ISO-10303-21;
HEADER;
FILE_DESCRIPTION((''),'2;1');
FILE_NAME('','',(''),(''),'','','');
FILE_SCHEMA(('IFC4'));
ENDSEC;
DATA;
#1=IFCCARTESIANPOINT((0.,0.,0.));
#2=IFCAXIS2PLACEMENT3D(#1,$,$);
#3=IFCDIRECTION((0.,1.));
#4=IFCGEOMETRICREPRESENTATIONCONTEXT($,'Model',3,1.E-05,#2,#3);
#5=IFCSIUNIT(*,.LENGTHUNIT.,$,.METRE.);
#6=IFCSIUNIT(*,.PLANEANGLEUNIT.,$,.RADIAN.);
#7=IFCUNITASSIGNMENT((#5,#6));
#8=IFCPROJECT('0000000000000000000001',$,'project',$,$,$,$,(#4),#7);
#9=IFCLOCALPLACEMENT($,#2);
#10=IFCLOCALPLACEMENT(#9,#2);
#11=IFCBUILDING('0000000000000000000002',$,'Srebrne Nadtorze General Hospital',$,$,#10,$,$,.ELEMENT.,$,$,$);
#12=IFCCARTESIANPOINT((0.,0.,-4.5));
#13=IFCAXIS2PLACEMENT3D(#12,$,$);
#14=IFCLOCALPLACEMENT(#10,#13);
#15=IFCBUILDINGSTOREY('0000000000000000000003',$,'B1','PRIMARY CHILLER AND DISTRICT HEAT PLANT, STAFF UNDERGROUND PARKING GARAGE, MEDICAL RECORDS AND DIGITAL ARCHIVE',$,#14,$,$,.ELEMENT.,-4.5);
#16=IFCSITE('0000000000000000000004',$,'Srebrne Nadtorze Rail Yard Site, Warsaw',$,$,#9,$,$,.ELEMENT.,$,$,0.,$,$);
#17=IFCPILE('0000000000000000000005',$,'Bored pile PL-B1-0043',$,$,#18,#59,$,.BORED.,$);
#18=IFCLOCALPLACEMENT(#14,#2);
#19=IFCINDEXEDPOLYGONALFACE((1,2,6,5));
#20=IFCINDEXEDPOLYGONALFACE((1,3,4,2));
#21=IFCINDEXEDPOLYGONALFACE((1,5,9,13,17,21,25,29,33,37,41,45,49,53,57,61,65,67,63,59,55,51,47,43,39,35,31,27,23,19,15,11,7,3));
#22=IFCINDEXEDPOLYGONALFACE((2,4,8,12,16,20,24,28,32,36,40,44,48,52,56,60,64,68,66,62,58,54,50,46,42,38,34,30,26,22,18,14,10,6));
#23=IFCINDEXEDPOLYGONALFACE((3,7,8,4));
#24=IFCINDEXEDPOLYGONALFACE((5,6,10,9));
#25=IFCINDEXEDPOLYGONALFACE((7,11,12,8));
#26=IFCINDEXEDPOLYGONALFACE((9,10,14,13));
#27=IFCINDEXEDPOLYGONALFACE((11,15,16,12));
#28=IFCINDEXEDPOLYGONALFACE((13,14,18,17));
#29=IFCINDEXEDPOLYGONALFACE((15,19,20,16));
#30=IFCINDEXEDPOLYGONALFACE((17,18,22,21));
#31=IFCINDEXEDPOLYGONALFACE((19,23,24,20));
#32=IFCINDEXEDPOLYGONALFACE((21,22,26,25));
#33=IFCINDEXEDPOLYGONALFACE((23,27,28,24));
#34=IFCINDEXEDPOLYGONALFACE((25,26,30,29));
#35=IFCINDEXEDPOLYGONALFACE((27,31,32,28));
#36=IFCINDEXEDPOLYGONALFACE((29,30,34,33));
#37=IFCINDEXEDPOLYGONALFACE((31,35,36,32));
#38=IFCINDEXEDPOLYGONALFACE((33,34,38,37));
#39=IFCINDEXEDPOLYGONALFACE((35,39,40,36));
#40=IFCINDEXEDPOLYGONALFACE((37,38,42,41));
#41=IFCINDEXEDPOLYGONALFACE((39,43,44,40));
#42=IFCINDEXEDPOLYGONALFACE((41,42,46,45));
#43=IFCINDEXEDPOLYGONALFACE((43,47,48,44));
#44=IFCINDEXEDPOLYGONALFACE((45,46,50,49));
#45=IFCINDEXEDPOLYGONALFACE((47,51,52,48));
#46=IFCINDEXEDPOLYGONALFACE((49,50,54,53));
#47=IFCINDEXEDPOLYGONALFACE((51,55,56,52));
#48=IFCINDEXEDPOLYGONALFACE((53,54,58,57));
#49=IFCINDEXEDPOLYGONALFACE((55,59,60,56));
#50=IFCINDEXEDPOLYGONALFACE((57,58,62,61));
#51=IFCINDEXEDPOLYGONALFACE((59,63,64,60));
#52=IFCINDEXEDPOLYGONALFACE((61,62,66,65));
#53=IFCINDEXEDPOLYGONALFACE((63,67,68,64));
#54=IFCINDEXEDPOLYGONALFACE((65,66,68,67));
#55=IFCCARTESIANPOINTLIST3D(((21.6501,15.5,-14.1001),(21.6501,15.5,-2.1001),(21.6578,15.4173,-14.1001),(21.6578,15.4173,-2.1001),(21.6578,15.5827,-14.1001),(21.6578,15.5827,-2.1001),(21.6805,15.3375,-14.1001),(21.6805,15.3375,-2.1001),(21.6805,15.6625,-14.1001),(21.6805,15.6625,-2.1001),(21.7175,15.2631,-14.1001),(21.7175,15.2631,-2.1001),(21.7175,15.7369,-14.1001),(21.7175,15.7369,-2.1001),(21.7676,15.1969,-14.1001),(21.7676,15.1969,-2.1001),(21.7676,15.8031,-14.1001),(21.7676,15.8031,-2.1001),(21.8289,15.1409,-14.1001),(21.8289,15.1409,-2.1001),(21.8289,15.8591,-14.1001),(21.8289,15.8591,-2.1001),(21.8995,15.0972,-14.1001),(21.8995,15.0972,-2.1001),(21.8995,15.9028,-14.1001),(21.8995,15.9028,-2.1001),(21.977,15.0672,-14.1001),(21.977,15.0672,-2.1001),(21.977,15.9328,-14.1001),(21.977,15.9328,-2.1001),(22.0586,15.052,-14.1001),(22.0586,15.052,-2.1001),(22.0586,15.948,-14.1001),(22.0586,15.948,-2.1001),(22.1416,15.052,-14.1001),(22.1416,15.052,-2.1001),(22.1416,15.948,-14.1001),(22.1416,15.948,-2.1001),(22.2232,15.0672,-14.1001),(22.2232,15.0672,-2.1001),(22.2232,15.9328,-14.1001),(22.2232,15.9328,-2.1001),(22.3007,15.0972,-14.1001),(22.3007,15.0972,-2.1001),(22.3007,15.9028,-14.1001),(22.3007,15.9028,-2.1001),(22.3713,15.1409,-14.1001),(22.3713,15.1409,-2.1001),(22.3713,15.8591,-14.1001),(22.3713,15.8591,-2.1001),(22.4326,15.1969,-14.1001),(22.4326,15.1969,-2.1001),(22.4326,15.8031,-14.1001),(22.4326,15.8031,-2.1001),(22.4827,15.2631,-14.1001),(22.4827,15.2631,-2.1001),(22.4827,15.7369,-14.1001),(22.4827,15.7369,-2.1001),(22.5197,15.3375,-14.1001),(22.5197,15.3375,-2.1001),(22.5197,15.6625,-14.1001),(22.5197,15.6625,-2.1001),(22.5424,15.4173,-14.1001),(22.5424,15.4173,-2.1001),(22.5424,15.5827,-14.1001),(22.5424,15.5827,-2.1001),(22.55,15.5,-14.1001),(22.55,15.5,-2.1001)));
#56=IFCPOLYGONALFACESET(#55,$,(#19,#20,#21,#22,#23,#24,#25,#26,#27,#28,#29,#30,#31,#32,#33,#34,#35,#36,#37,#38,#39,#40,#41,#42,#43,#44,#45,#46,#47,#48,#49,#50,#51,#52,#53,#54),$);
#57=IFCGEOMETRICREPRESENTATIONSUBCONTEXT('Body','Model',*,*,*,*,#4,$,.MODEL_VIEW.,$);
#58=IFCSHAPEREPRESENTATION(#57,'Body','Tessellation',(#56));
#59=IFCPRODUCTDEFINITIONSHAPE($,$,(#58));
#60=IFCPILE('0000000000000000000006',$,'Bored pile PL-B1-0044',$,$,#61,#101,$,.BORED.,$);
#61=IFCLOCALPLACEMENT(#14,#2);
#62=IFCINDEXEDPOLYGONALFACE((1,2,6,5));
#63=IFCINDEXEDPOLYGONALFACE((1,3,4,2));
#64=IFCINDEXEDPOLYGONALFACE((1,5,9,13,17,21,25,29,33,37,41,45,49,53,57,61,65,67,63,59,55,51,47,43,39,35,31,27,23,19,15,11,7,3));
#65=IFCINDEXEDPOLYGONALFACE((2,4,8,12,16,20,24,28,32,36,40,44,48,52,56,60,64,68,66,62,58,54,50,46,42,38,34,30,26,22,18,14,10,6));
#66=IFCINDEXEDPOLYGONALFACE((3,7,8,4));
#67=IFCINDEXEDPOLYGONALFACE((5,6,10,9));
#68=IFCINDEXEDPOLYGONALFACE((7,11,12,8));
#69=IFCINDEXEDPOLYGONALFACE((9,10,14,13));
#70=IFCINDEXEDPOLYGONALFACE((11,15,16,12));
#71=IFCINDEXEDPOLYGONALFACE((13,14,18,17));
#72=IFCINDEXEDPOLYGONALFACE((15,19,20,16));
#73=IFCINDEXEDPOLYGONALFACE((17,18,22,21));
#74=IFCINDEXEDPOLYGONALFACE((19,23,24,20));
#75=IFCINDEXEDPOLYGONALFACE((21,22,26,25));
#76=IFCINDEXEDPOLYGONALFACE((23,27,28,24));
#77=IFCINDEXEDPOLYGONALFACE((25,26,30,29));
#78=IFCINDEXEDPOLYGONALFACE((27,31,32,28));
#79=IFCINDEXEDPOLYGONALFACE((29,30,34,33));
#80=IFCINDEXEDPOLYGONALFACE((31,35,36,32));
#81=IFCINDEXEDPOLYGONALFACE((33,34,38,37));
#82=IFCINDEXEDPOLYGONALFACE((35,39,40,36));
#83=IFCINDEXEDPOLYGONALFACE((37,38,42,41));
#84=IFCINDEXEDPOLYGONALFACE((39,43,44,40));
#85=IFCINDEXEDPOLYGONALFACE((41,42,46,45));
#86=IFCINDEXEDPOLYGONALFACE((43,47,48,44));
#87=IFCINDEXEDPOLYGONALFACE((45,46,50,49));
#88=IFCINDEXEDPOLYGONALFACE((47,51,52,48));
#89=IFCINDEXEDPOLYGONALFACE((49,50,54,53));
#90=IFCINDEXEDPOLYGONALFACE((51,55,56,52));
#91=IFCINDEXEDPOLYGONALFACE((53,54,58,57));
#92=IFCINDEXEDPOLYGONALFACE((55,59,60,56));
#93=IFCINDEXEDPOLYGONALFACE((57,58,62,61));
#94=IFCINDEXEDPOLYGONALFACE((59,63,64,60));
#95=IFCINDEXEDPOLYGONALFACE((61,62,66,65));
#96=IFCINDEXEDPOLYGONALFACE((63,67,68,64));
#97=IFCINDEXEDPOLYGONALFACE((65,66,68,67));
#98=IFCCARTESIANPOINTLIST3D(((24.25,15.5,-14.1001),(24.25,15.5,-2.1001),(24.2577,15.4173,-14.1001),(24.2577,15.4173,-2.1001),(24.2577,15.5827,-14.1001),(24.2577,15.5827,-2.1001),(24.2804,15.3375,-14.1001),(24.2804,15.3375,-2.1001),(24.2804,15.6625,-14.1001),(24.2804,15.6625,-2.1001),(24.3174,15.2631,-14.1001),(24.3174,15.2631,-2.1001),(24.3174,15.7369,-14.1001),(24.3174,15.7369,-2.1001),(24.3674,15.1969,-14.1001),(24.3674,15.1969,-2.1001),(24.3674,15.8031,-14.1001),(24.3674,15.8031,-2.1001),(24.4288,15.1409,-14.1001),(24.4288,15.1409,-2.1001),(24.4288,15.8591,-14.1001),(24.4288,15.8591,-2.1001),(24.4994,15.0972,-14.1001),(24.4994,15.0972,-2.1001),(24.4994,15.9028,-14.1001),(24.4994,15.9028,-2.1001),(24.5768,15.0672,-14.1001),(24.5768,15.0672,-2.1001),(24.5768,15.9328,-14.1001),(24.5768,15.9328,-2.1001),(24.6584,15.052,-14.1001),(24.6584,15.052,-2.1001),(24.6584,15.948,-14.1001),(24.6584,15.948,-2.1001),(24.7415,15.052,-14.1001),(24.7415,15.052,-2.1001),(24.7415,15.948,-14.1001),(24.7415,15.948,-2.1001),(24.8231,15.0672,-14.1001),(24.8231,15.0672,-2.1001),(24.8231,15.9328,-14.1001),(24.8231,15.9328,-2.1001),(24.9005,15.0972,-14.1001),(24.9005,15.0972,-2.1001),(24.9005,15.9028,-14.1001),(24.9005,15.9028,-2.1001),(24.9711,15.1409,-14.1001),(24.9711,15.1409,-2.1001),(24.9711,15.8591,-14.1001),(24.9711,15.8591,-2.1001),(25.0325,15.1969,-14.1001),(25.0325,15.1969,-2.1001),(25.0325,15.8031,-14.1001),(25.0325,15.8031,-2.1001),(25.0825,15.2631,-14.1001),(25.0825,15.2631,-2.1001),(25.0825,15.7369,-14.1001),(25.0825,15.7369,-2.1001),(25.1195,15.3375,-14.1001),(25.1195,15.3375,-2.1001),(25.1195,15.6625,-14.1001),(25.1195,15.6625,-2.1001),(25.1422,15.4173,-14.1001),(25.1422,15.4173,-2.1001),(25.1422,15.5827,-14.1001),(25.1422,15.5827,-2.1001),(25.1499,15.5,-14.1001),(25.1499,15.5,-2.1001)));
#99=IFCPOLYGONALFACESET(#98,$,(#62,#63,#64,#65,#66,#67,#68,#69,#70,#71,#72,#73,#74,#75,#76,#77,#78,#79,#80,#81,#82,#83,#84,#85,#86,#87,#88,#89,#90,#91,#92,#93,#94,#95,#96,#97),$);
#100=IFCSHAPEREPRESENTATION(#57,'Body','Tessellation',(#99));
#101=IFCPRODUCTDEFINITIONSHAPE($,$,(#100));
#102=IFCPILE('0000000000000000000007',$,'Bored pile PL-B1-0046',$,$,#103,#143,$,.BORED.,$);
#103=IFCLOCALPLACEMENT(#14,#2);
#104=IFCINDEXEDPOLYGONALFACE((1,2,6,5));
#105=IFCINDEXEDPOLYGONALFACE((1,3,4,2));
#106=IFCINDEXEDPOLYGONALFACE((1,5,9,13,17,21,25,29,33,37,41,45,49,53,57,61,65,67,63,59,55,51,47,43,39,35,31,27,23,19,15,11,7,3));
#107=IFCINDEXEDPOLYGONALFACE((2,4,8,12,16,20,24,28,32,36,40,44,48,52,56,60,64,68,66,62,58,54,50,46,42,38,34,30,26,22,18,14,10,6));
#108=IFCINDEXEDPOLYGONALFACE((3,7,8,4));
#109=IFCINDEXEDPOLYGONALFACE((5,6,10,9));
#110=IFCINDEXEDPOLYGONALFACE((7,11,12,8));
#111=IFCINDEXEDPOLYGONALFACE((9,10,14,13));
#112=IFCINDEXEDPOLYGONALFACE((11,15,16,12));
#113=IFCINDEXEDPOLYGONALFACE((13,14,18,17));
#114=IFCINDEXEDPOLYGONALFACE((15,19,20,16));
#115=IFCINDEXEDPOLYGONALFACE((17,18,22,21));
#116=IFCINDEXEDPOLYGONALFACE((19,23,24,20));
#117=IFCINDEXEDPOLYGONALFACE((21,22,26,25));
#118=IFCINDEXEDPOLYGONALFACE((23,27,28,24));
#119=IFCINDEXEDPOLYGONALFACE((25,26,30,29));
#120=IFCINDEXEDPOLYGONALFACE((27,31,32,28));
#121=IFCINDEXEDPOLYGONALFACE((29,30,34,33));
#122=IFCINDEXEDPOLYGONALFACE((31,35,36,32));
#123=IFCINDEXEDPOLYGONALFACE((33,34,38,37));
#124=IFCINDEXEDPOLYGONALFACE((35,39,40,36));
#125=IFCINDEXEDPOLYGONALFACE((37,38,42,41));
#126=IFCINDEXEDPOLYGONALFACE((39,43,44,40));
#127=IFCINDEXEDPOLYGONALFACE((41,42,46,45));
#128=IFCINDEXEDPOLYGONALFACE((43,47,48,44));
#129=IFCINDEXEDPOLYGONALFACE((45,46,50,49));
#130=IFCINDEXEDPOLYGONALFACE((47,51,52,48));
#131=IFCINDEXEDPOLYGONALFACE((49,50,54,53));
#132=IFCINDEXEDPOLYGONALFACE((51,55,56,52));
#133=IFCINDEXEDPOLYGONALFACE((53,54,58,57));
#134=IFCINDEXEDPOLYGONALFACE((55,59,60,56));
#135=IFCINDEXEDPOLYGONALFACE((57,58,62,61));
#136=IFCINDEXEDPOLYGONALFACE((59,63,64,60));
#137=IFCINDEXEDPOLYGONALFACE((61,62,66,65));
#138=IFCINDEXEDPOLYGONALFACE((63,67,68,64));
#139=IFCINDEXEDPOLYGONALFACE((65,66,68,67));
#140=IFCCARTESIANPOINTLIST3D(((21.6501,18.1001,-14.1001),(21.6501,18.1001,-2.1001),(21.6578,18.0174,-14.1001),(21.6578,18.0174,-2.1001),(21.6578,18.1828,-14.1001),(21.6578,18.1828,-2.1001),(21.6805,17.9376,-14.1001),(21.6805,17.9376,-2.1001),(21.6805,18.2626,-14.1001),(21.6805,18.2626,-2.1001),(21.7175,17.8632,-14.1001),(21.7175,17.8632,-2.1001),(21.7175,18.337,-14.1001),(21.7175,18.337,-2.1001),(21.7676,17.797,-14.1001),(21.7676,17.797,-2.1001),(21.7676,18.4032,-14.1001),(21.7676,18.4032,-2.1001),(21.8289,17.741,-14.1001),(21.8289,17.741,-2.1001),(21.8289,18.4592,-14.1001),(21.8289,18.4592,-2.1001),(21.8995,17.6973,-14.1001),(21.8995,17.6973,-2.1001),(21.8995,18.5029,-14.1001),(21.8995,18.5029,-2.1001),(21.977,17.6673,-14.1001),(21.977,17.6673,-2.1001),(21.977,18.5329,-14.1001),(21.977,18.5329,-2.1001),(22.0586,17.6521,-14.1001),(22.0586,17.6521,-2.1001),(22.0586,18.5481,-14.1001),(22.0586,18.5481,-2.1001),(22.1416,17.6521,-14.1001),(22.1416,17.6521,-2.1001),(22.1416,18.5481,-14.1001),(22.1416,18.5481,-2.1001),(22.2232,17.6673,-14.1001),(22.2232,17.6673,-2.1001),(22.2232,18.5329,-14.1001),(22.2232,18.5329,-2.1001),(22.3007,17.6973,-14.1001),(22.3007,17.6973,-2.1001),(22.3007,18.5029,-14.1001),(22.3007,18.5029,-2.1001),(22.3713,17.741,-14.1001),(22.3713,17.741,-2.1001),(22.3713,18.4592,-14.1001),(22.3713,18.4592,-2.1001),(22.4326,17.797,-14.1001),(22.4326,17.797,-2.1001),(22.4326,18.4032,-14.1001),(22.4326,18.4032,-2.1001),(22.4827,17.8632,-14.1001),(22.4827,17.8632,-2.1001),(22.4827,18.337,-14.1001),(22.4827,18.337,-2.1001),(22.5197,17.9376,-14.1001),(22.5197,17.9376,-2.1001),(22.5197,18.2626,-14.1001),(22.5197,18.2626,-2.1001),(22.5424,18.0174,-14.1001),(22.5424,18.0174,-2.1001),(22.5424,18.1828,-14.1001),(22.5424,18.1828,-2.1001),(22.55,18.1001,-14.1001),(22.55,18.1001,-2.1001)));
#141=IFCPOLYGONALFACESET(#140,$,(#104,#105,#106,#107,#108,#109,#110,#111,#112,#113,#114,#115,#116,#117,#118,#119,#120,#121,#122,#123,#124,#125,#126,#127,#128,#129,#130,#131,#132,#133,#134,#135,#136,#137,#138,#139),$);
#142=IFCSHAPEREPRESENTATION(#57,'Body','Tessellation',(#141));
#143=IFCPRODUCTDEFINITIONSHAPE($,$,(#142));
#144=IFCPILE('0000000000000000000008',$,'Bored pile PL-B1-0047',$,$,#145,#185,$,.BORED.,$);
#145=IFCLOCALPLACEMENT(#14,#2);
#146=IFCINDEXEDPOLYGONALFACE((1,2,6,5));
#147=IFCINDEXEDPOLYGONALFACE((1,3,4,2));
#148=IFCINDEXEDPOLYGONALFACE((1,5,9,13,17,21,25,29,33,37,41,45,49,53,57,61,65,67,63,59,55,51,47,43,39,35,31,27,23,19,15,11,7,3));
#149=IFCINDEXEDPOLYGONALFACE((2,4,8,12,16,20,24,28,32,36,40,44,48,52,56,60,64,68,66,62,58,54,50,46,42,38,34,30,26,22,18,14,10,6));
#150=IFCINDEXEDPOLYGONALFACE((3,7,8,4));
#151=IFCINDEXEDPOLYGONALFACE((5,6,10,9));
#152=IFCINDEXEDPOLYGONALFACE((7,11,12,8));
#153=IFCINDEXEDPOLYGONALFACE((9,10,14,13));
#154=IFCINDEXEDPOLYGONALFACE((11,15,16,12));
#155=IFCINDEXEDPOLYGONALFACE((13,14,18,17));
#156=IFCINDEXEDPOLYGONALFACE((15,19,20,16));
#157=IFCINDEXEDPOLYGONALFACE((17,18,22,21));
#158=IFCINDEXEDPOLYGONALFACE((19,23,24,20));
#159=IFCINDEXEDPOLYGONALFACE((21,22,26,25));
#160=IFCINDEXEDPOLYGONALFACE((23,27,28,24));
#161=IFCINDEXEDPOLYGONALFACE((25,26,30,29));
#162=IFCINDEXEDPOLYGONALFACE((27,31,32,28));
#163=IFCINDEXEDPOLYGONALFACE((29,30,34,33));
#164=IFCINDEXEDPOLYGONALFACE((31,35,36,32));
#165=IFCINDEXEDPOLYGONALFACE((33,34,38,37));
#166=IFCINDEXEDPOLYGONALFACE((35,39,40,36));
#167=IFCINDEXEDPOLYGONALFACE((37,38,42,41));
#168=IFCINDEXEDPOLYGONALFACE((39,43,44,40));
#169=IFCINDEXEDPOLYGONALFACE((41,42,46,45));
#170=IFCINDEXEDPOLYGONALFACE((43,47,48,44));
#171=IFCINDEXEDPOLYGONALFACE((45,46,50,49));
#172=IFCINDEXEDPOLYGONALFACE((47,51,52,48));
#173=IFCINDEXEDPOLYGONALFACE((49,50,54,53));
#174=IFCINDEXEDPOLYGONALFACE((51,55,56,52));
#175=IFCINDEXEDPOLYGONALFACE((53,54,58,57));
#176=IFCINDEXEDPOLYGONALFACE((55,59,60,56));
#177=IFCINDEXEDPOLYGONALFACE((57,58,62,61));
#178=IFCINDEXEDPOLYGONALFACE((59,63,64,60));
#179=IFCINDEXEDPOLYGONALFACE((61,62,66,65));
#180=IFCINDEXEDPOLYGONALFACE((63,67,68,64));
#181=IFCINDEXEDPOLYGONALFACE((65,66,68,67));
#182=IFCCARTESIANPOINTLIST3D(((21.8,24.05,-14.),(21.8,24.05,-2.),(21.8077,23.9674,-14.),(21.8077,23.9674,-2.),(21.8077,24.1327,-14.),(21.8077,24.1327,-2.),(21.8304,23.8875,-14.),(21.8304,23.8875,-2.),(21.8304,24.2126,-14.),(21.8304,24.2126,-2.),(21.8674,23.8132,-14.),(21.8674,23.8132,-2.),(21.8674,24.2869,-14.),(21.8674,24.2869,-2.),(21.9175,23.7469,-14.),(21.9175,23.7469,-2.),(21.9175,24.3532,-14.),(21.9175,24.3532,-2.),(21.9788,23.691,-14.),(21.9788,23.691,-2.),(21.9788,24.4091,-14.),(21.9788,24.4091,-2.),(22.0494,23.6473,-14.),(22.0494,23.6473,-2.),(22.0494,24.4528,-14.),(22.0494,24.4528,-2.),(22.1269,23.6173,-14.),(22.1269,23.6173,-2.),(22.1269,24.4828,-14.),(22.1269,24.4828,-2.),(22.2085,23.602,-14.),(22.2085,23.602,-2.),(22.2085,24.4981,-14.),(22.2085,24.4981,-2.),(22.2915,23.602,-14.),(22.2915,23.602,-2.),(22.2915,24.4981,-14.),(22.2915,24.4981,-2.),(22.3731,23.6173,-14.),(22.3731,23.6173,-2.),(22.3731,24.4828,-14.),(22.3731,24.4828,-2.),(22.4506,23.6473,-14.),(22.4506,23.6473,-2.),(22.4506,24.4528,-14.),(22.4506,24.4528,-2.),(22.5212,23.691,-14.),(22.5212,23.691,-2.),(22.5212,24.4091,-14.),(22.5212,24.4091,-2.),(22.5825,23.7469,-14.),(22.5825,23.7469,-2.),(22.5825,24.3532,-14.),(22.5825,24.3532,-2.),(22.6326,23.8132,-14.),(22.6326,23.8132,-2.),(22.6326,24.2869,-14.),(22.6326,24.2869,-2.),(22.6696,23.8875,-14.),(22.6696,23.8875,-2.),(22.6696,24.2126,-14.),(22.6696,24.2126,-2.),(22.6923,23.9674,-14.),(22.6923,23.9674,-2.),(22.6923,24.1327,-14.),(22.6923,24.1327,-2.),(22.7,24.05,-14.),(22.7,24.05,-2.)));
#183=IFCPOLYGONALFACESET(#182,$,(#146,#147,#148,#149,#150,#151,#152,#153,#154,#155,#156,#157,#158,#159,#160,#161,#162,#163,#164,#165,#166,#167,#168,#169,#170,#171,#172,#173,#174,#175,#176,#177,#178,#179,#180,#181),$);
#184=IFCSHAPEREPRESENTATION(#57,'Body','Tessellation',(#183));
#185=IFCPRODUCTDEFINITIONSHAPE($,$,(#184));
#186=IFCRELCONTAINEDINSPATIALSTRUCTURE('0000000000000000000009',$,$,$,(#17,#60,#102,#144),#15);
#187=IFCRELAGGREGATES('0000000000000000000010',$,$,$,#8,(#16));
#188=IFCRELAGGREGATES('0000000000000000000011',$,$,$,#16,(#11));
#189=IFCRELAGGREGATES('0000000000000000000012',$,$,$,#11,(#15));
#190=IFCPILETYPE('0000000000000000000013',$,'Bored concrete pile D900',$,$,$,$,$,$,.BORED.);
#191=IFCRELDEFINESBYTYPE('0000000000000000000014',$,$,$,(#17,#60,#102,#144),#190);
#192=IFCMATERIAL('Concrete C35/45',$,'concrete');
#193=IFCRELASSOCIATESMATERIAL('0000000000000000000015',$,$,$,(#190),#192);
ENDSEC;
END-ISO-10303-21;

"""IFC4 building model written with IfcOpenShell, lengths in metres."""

from ifc_helpers import new_model, si_unit, direction, frame, origin, origin_2d, place, context, subcontext, project, spatial, circle, extrude, material, material_profile, profile_set, type_object, element, save


model = new_model("IFC4")

# Units and contexts
model_context = context("Model", 3, precision=1e-05, world=origin(), true_north=direction((0.0, 1.0)))
body_context = subcontext(model_context, "Body", "Model", "MODEL_VIEW")
ifc_project = project(units=[si_unit("LENGTHUNIT", "METRE"), si_unit("PLANEANGLEUNIT", "RADIAN")], contexts=[model_context])

# Site, building, storey
site_placement = place(None, origin())
site = spatial("IfcSite", under=ifc_project, at=site_placement, Name="Srebrne Nadtorze Rail Yard Site, Warsaw", CompositionType="ELEMENT", RefElevation=0.0)
building_placement = place(site_placement, origin())
building = spatial("IfcBuilding", under=site, at=building_placement, Name="Srebrne Nadtorze General Hospital", CompositionType="ELEMENT")
storey_placement = place(building_placement, frame((0.0, 0.0, -4.5)))
storey = spatial("IfcBuildingStorey", under=building, at=storey_placement, Name="B1", Description="PRIMARY CHILLER AND DISTRICT HEAT PLANT, STAFF UNDERGROUND PARKING GARAGE, MEDICAL RECORDS AND DIGITAL ARCHIVE", CompositionType="ELEMENT", Elevation=-4.5)

# Piles
ifc_material_1 = material(Name="Concrete C35/45", Category="concrete")
ifc_material_profile_1 = material_profile(ifc_material_1, circle(Radius=0.45, at=origin_2d()), Name="PILE-D900")
ifc_profile_set_1 = profile_set([ifc_material_profile_1], Name="Concrete C35/45")
pile_type_1 = type_object("IfcPileType", Name="Bored concrete pile D900", PredefinedType="BORED", material=ifc_profile_set_1)
for number, where, z_axis, x_axis, name in (
    (1, (22.1001, 15.5, -2.1001), (0.0, 0.0, -1.0), (1.0, 0.0, 0.0), "Bored pile PL-B1-0043"),
    (2, (24.7, 15.5, -2.1001), (0.0, 0.0, -1.0), (1.0, 0.0, 0.0), "Bored pile PL-B1-0044"),
    (3, (22.1001, 18.1001, -2.1001), (0.0, 0.0, -1.0), (1.0, 0.0, 0.0), "Bored pile PL-B1-0046"),
    (4, (22.25, 24.05, -2.0), (0.0, 0.0, -1.0), (1.0, 0.0, 0.0), "Bored pile PL-B1-0047"),
):
    element("IfcPile", number, at=place(storey_placement, frame(where, z_axis=z_axis, x_axis=x_axis)), inside=storey, type_object=pile_type_1, Name=name, PredefinedType="BORED", context=body_context, shape_type="SweptSolid", body=[
        extrude(circle(Radius=0.45, at=origin_2d()), origin(), (0.0, 0.0, 1.0), 12.0),
    ])

save(model, "model.ifc")
